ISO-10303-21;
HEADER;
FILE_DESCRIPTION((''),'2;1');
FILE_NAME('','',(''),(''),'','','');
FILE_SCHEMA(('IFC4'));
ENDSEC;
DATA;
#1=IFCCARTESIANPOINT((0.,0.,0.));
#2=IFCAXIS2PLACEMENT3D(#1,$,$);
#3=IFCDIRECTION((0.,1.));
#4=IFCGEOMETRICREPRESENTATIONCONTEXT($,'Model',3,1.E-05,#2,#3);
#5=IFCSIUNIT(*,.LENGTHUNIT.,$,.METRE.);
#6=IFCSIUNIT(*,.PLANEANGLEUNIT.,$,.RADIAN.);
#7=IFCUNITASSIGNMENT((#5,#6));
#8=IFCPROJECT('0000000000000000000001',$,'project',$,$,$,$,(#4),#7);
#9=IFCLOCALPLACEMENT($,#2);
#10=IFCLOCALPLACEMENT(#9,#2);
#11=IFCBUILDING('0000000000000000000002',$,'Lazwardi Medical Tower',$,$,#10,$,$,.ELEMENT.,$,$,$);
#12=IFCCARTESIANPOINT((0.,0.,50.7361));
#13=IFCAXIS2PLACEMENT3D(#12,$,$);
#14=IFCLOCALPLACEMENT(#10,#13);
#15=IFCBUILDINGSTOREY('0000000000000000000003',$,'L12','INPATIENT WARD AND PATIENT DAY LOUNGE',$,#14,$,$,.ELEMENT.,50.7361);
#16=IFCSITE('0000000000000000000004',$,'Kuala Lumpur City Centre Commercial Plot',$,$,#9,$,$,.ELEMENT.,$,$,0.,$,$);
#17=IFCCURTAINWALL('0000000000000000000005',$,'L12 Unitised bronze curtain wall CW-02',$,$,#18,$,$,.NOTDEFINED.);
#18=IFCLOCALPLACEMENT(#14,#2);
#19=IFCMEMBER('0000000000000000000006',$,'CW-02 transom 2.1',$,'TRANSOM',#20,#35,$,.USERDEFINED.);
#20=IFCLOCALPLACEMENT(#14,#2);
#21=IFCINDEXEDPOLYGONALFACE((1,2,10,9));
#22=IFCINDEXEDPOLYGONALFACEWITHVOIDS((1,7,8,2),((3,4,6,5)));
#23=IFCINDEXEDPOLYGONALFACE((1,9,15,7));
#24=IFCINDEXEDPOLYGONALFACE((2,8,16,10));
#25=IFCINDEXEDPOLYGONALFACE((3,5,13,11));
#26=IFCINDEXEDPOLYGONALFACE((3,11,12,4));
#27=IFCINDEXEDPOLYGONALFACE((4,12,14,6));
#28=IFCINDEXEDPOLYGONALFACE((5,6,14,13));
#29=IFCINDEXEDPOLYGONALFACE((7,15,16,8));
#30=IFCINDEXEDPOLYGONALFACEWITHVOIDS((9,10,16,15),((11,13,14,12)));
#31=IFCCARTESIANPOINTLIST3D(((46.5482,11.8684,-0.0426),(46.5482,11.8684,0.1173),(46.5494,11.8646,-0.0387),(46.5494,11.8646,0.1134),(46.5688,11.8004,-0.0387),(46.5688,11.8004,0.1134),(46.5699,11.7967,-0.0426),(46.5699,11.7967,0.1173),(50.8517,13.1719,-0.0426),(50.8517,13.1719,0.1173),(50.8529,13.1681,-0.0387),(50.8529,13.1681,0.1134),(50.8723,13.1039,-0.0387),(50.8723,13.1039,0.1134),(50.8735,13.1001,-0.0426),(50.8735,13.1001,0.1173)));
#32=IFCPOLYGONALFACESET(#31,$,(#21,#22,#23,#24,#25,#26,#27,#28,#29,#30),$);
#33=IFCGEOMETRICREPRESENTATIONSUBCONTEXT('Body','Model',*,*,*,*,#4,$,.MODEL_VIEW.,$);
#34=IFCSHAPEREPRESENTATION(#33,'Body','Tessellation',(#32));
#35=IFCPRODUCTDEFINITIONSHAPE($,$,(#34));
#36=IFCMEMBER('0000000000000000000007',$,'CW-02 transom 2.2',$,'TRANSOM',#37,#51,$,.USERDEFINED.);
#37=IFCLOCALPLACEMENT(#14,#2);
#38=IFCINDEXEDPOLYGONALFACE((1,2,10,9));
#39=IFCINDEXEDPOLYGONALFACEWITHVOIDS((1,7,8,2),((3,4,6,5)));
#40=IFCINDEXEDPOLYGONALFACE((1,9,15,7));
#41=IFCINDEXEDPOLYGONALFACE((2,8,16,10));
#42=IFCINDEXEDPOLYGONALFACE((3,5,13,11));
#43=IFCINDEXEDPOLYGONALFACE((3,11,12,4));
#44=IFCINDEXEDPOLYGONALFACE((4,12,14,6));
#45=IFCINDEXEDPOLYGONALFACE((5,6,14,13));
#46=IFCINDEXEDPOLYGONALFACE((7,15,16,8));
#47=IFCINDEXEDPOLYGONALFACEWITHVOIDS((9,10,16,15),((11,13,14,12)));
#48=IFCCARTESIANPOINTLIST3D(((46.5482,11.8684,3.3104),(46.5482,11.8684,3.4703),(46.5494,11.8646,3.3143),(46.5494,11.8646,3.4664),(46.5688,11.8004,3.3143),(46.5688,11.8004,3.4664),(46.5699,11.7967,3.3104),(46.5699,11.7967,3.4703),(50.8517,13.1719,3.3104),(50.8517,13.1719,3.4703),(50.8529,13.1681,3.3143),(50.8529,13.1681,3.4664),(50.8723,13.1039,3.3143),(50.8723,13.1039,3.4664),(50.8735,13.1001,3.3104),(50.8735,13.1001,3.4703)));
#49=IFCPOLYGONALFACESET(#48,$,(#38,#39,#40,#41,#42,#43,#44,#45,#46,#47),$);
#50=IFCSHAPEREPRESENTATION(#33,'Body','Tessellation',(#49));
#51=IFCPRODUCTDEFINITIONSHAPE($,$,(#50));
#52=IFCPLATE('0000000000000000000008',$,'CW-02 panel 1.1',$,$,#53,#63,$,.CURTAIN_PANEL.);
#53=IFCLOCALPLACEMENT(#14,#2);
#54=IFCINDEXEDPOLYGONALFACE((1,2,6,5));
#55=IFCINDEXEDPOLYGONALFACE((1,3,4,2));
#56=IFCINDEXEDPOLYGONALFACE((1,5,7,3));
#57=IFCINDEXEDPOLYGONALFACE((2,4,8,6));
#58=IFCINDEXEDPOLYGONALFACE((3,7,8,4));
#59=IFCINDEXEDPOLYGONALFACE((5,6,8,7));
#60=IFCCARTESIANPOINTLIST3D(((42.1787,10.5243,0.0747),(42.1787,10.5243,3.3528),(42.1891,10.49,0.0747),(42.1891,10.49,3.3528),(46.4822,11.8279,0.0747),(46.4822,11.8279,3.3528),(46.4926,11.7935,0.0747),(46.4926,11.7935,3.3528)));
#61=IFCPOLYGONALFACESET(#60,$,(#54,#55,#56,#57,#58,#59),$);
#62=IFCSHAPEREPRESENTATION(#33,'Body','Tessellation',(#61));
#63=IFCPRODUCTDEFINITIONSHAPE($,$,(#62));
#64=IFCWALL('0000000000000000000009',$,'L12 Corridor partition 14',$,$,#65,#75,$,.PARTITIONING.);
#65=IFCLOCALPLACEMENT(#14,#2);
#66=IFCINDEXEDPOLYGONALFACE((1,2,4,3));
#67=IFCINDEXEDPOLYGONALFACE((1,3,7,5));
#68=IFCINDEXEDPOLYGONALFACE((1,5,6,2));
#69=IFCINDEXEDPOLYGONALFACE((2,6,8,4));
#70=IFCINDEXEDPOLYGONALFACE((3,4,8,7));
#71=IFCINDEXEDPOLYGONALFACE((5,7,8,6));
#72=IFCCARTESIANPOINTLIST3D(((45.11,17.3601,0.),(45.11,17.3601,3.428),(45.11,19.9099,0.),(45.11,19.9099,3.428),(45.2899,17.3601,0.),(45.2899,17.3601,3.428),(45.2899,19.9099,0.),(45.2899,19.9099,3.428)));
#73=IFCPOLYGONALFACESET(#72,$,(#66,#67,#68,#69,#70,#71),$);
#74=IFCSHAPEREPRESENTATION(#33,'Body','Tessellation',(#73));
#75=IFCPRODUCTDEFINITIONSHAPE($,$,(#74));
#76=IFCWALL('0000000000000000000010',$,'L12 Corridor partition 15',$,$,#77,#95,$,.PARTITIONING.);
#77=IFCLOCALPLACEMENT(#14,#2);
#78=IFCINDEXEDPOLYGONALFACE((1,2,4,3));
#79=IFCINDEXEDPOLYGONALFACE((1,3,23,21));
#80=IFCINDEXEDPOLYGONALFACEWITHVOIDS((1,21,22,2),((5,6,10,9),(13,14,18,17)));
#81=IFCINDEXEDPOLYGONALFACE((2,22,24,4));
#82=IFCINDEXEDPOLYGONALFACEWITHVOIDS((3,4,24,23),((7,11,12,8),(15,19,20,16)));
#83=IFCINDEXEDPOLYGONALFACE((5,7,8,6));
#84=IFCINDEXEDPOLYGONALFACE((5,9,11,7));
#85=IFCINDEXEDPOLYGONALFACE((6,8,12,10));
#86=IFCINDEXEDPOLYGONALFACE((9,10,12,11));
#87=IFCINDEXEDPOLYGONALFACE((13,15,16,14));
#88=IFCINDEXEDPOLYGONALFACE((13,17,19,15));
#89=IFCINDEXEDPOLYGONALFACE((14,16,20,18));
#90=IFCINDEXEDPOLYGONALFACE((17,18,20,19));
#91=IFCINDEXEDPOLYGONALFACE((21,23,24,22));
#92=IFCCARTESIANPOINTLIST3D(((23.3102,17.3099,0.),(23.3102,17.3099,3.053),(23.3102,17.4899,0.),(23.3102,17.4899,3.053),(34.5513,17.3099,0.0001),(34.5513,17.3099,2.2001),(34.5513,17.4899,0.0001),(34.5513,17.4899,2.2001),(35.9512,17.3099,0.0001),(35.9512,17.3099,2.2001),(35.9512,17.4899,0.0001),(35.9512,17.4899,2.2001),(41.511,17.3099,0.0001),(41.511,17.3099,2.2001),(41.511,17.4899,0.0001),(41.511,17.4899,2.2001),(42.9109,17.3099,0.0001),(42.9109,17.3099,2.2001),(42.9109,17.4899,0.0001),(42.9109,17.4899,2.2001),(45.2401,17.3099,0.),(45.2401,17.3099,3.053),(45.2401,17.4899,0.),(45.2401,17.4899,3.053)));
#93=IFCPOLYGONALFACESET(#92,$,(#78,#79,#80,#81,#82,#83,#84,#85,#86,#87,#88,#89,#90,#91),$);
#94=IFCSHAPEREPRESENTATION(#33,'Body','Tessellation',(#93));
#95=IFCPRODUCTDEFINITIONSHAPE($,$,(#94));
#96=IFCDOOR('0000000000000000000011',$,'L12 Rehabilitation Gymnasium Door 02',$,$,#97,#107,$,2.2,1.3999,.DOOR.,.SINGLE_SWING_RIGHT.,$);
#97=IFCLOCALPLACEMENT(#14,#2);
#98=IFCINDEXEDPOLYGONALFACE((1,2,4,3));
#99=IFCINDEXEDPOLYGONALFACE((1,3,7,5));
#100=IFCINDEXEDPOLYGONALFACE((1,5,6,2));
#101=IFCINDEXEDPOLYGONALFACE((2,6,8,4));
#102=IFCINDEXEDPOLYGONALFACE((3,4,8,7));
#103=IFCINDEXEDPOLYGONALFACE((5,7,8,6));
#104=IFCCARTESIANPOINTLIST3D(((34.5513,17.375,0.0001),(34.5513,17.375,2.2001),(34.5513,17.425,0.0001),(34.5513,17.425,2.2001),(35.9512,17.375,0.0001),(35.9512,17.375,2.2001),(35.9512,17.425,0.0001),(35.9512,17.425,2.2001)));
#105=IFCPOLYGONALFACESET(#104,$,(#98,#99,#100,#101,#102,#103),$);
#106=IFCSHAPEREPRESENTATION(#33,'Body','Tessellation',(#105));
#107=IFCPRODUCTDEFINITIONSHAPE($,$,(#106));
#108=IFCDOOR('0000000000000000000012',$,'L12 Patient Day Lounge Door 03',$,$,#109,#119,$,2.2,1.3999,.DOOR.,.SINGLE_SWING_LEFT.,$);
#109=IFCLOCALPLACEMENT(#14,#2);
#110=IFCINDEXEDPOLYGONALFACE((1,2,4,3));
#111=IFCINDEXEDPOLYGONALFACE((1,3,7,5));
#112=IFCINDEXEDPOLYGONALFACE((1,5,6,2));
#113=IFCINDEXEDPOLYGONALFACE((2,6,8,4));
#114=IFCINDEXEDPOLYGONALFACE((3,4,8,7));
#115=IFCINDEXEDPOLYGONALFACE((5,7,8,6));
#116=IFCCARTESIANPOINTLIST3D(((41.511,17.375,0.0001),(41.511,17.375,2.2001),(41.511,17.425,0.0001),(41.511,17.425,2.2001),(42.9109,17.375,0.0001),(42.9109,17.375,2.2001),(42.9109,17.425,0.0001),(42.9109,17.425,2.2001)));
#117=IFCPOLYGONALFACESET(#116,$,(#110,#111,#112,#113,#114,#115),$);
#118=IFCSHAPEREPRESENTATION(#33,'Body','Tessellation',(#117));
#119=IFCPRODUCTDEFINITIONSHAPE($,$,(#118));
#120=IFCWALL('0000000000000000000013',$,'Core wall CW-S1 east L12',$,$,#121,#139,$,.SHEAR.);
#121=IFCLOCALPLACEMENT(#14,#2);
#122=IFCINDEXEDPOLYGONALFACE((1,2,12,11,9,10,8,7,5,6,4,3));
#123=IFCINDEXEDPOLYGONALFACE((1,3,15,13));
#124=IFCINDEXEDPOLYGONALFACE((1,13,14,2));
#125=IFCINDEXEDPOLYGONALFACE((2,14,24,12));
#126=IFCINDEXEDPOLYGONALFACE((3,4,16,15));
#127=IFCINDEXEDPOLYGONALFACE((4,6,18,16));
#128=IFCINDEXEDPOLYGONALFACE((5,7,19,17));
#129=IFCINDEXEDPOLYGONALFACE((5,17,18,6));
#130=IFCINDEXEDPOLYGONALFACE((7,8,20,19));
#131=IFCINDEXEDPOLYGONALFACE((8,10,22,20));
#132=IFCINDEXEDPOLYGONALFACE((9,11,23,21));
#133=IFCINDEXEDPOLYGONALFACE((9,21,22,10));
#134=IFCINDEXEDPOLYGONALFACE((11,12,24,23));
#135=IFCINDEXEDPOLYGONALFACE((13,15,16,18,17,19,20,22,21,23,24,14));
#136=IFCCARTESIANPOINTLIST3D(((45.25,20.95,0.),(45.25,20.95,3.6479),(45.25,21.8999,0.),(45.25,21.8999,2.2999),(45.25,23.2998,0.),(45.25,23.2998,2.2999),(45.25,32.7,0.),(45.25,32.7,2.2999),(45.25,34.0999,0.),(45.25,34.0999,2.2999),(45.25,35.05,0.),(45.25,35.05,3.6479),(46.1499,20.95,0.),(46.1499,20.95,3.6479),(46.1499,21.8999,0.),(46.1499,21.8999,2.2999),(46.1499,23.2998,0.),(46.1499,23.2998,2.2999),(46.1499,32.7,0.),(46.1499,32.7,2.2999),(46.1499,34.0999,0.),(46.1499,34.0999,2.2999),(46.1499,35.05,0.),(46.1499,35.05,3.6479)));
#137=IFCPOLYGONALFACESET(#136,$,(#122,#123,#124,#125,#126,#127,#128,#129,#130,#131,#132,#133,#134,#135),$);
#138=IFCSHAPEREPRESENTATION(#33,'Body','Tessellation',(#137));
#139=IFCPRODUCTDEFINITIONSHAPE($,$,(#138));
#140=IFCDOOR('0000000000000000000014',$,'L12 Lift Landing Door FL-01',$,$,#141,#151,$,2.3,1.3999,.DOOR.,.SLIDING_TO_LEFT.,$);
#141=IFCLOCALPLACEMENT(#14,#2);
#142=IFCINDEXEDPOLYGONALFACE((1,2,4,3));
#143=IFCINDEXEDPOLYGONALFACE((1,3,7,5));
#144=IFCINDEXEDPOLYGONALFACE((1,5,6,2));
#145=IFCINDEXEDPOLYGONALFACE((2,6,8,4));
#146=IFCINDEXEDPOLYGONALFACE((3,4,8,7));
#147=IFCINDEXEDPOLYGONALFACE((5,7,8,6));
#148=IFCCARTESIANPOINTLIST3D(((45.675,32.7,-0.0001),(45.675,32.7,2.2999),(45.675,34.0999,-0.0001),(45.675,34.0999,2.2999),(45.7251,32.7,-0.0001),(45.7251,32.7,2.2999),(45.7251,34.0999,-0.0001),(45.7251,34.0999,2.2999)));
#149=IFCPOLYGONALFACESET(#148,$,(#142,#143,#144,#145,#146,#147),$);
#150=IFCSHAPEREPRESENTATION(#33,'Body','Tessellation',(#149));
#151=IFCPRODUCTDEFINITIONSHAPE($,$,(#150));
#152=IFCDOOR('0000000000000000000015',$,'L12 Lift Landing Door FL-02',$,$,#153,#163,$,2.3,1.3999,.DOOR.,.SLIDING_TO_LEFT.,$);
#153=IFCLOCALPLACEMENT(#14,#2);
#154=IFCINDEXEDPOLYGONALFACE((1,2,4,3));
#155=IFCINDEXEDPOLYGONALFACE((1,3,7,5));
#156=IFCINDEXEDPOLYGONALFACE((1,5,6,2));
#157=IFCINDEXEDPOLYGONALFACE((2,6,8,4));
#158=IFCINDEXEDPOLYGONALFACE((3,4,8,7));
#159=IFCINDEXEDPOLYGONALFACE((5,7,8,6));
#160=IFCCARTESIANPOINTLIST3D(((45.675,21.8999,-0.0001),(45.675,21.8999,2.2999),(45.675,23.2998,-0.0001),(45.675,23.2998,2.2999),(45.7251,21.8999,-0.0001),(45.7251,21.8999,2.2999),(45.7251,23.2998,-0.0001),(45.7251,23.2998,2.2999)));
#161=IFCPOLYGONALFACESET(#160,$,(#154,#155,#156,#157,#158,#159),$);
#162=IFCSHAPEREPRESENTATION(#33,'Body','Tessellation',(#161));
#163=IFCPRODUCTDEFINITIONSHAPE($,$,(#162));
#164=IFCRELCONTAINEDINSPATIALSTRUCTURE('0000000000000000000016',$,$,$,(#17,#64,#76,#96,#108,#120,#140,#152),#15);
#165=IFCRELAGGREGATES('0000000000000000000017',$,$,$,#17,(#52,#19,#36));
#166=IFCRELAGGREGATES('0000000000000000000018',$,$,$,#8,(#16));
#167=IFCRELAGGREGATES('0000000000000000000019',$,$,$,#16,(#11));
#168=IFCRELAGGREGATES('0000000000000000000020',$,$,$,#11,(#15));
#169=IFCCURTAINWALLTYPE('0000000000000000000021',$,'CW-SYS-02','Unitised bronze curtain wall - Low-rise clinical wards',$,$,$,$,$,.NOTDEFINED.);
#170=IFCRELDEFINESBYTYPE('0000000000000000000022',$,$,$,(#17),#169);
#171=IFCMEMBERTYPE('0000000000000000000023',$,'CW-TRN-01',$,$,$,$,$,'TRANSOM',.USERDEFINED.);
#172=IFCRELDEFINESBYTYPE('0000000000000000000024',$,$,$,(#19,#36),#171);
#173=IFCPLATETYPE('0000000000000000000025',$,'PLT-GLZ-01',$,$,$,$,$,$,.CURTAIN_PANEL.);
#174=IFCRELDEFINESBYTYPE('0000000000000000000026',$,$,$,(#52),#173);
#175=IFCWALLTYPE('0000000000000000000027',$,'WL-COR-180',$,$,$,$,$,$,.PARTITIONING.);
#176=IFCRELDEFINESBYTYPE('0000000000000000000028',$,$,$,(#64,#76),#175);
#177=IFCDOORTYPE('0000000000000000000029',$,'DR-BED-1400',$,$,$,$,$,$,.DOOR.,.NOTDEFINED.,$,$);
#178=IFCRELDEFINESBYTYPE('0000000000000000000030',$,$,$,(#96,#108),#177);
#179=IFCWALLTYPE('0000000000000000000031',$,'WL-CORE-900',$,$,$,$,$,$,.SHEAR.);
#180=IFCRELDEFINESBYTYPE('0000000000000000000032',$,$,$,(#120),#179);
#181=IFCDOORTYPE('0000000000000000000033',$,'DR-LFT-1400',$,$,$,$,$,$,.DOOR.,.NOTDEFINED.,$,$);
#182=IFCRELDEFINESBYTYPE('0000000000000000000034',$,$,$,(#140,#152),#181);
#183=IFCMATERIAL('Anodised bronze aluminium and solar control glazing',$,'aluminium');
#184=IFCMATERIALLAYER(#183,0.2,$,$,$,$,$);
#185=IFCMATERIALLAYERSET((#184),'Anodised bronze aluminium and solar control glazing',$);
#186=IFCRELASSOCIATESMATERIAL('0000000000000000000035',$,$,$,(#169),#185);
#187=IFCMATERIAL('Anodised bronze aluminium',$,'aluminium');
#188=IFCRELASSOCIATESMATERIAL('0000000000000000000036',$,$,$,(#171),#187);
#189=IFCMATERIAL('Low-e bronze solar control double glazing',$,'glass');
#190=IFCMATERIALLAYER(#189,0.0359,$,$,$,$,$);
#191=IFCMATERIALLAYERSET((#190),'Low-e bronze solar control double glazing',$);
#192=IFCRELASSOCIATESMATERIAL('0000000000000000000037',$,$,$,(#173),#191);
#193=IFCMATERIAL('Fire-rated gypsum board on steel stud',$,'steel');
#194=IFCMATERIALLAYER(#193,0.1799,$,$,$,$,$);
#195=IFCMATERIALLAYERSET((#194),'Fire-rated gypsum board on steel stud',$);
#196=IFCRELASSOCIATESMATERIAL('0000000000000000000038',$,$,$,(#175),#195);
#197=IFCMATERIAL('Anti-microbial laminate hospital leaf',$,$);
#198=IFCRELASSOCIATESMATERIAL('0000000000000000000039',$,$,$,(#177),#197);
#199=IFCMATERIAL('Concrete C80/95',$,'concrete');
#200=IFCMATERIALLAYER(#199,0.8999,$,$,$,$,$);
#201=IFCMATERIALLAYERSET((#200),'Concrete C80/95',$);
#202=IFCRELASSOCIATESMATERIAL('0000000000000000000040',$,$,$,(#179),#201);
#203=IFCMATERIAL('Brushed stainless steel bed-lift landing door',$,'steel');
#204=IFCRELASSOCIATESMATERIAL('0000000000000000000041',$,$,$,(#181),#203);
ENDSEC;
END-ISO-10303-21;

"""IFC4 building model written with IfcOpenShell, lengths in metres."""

from ifc_helpers import new_model, si_unit, direction, frame, frame_2d, origin, origin_2d, place, context, subcontext, project, spatial, rectangle, hollow_rectangle, extrude, material, layer, layer_set, material_profile, profile_set, type_object, element, fill, aggregate, save


model = new_model("IFC4")

# Units and contexts
model_context = context("Model", 3, precision=1e-05, world=origin(), true_north=direction((0.0, 1.0)))
body_context = subcontext(model_context, "Body", "Model", "MODEL_VIEW")
ifc_project = project(units=[si_unit("LENGTHUNIT", "METRE"), si_unit("PLANEANGLEUNIT", "RADIAN")], contexts=[model_context])

# Site, building, storey
site_placement = place(None, origin())
site = spatial("IfcSite", under=ifc_project, at=site_placement, Name="Kuala Lumpur City Centre Commercial Plot", CompositionType="ELEMENT", RefElevation=0.0)
building_placement = place(site_placement, origin())
building = spatial("IfcBuilding", under=site, at=building_placement, Name="Lazwardi Medical Tower", CompositionType="ELEMENT")
storey_placement = place(building_placement, frame((0.0, 0.0, 50.7361)))
storey = spatial("IfcBuildingStorey", under=building, at=storey_placement, Name="L12", Description="INPATIENT WARD AND PATIENT DAY LOUNGE", CompositionType="ELEMENT", Elevation=50.7361)

# Shared definitions
ifc_material_1 = material(Name="Concrete C80/95", Category="concrete")

# Curtain wall, members, plate
ifc_material_2 = material(Name="Anodised bronze aluminium and solar control glazing", Category="aluminium")
ifc_layer_1 = layer(ifc_material_2, 0.2)
ifc_layer_set_1 = layer_set([ifc_layer_1], Name="Anodised bronze aluminium and solar control glazing")
curtain_wall_type = type_object("IfcCurtainWallType", Name="CW-SYS-02", Description="Unitised bronze curtain wall - Low-rise clinical wards", PredefinedType="NOTDEFINED", material=ifc_layer_set_1)
curtain_wall_placement = place(storey_placement, origin())
curtain_wall = element("IfcCurtainWall", 1, at=curtain_wall_placement, inside=storey, type_object=curtain_wall_type, Name="L12 Unitised bronze curtain wall CW-02", PredefinedType="NOTDEFINED")
ifc_material_3 = material(Name="Anodised bronze aluminium", Category="aluminium")
ifc_material_profile_1 = material_profile(ifc_material_3, hollow_rectangle(XDim=0.075, YDim=0.1599, WallThickness=0.0039, at=origin_2d()), Name="ALU-TRANSOM 160x75x4")
ifc_profile_set_1 = profile_set([ifc_material_profile_1], Name="Anodised bronze aluminium")
member_type_1 = type_object("IfcMemberType", Name="CW-TRN-01", ElementType="TRANSOM", PredefinedType="USERDEFINED", material=ifc_profile_set_1)
member_1_placement = place(storey_placement, frame((46.5591, 11.8325, 0.0374), z_axis=(0.957062, 0.289882, 0.0), x_axis=(-0.289882, 0.957062, 0.0)))
member_1 = element("IfcMember", 2, at=member_1_placement, type_object=member_type_1, Name="CW-02 transom 2.1", ObjectType="TRANSOM", PredefinedType="USERDEFINED", context=body_context, shape_type="SweptSolid", body=[
    extrude(hollow_rectangle(XDim=0.075, YDim=0.1599, WallThickness=0.0039, at=origin_2d()), origin(), (0.0, 0.0, 1.0), 4.4966),
])
member_2_placement = place(storey_placement, frame((46.5591, 11.8325, 3.3904), z_axis=(0.957062, 0.289882, 0.0), x_axis=(-0.289882, 0.957062, 0.0)))
member_2 = element("IfcMember", 3, at=member_2_placement, type_object=member_type_1, Name="CW-02 transom 2.2", ObjectType="TRANSOM", PredefinedType="USERDEFINED", context=body_context, shape_type="SweptSolid", body=[
    extrude(hollow_rectangle(XDim=0.075, YDim=0.1599, WallThickness=0.0039, at=origin_2d()), origin(), (0.0, 0.0, 1.0), 4.4966),
])
ifc_material_4 = material(Name="Low-e bronze solar control double glazing", Category="glass")
ifc_layer_2 = layer(ifc_material_4, 0.0359)
ifc_layer_set_2 = layer_set([ifc_layer_2], Name="Low-e bronze solar control double glazing")
plate_type = type_object("IfcPlateType", Name="PLT-GLZ-01", PredefinedType="CURTAIN_PANEL", material=ifc_layer_set_2)
plate_placement = place(storey_placement, frame((44.3357, 11.1589, 0.0747), z_axis=(0.0, 0.0, 1.0), x_axis=(0.957058, 0.289896, 0.0)))
plate = element("IfcPlate", 4, at=plate_placement, type_object=plate_type, Name="CW-02 panel 1.1", PredefinedType="CURTAIN_PANEL", context=body_context, shape_type="SweptSolid", body=[
    extrude(rectangle(XDim=4.4966, YDim=0.0359, at=origin_2d()), origin(), (0.0, 0.0, 1.0), 3.2781),
])
aggregate(curtain_wall, [plate, member_1, member_2])

# Wall
ifc_material_5 = material(Name="Fire-rated gypsum board on steel stud", Category="steel")
ifc_layer_3 = layer(ifc_material_5, 0.1799)
ifc_layer_set_3 = layer_set([ifc_layer_3], Name="Fire-rated gypsum board on steel stud")
wall_type_1 = type_object("IfcWallType", Name="WL-COR-180", PredefinedType="PARTITIONING", material=ifc_layer_set_3)
wall_1_placement = place(storey_placement, frame((45.2, 19.9099, 0.0), z_axis=(0.0, 0.0, 1.0), x_axis=(0.0, -1.0, 0.0)))
element("IfcWall", 5, at=wall_1_placement, inside=storey, type_object=wall_type_1, Name="L12 Corridor partition 14", PredefinedType="PARTITIONING", context=body_context, shape_type="SweptSolid", body=[
    extrude(rectangle(XDim=2.5498, YDim=0.1799, at=frame_2d((1.2749, 0.0))), origin(), (0.0, 0.0, 1.0), 3.428),
])

# Walls, openings, doors
wall_2_placement = place(storey_placement, frame((45.24, 17.3999, 0.0), z_axis=(0.0, 0.0, 1.0), x_axis=(-1.0, 0.0, 0.0)))
wall_2 = element("IfcWall", 6, at=wall_2_placement, inside=storey, type_object=wall_type_1, Name="L12 Corridor partition 15", PredefinedType="PARTITIONING", context=body_context, shape_type="SweptSolid", body=[
    extrude(rectangle(XDim=21.9299, YDim=0.1799, at=frame_2d((10.9648, 0.0))), origin(), (0.0, 0.0, 1.0), 3.053),
])
opening_1_placement = place(wall_2_placement, frame((9.2888, 0.0, 0.0)))
opening_1 = element("IfcOpeningElement", 7, at=opening_1_placement, cuts=wall_2, PredefinedType="OPENING", context=body_context, shape_type="SweptSolid", body=[
    extrude(rectangle(XDim=1.3999, YDim=2.2, at=frame_2d((0.7, 1.1001))), frame((0.0, 0.0999, 0.0), z_axis=(0.0, -1.0, 0.0), x_axis=(1.0, 0.0, 0.0)), (0.0, 0.0, 1.0), 0.2),
])
opening_2_placement = place(wall_2_placement, frame((2.3291, 0.0, 0.0)))
opening_2 = element("IfcOpeningElement", 8, at=opening_2_placement, cuts=wall_2, PredefinedType="OPENING", context=body_context, shape_type="SweptSolid", body=[
    extrude(rectangle(XDim=1.3999, YDim=2.2, at=frame_2d((0.7, 1.1001))), frame((0.0, 0.0999, 0.0), z_axis=(0.0, -1.0, 0.0), x_axis=(1.0, 0.0, 0.0)), (0.0, 0.0, 1.0), 0.2),
])
ifc_material_6 = material(Name="Anti-microbial laminate hospital leaf")
door_type_1 = type_object("IfcDoorType", Name="DR-BED-1400", OperationType="NOTDEFINED", PredefinedType="DOOR", material=ifc_material_6)
door_1_placement = place(opening_1_placement, origin())
door_1 = element("IfcDoor", 9, at=door_1_placement, inside=storey, type_object=door_type_1, Name="L12 Rehabilitation Gymnasium Door 02", OperationType="SINGLE_SWING_RIGHT", OverallHeight=2.2, OverallWidth=1.3999, PredefinedType="DOOR", context=body_context, shape_type="SweptSolid", body=[
    extrude(rectangle(XDim=1.3999, YDim=2.2, at=frame_2d((0.7, 1.1001))), frame((0.0, 0.0249, 0.0), z_axis=(0.0, -1.0, 0.0), x_axis=(1.0, 0.0, 0.0)), (0.0, 0.0, 1.0), 0.05),
])
fill(opening_1, door_1)
door_2_placement = place(opening_2_placement, origin())
door_2 = element("IfcDoor", 10, at=door_2_placement, inside=storey, type_object=door_type_1, Name="L12 Patient Day Lounge Door 03", OperationType="SINGLE_SWING_LEFT", OverallHeight=2.2, OverallWidth=1.3999, PredefinedType="DOOR", context=body_context, shape_type="SweptSolid", body=[
    extrude(rectangle(XDim=1.3999, YDim=2.2, at=frame_2d((0.7, 1.1001))), frame((0.0, 0.0249, 0.0), z_axis=(0.0, -1.0, 0.0), x_axis=(1.0, 0.0, 0.0)), (0.0, 0.0, 1.0), 0.05),
])
fill(opening_2, door_2)
ifc_layer_4 = layer(ifc_material_1, 0.8999)
ifc_layer_set_4 = layer_set([ifc_layer_4], Name="Concrete C80/95")
wall_type_2 = type_object("IfcWallType", Name="WL-CORE-900", PredefinedType="SHEAR", material=ifc_layer_set_4)
wall_3_placement = place(storey_placement, frame((45.7, 20.95, 0.0), z_axis=(0.0, 0.0, 1.0), x_axis=(0.0, 1.0, 0.0)))
wall_3 = element("IfcWall", 11, at=wall_3_placement, inside=storey, type_object=wall_type_2, Name="Core wall CW-S1 east L12", PredefinedType="SHEAR", context=body_context, shape_type="SweptSolid", body=[
    extrude(rectangle(XDim=14.1001, YDim=0.8999, at=frame_2d((7.05, 0.0))), origin(), (0.0, 0.0, 1.0), 3.6479),
])
opening_3_placement = place(wall_3_placement, frame((11.75, 0.0, 0.0)))
opening_3 = element("IfcOpeningElement", 12, at=opening_3_placement, cuts=wall_3, PredefinedType="OPENING", context=body_context, shape_type="SweptSolid", body=[
    extrude(rectangle(XDim=1.3999, YDim=2.3, at=frame_2d((0.7, 1.1499))), frame((0.0, 0.46, 0.0), z_axis=(0.0, -1.0, 0.0), x_axis=(1.0, 0.0, 0.0)), (0.0, 0.0, 1.0), 0.9199),
])
opening_4_placement = place(wall_3_placement, frame((0.95, 0.0, 0.0)))
opening_4 = element("IfcOpeningElement", 13, at=opening_4_placement, cuts=wall_3, PredefinedType="OPENING", context=body_context, shape_type="SweptSolid", body=[
    extrude(rectangle(XDim=1.3999, YDim=2.3, at=frame_2d((0.7, 1.1499))), frame((0.0, 0.46, 0.0), z_axis=(0.0, -1.0, 0.0), x_axis=(1.0, 0.0, 0.0)), (0.0, 0.0, 1.0), 0.9199),
])
ifc_material_7 = material(Name="Brushed stainless steel bed-lift landing door", Category="steel")
door_type_2 = type_object("IfcDoorType", Name="DR-LFT-1400", OperationType="NOTDEFINED", PredefinedType="DOOR", material=ifc_material_7)
door_3_placement = place(opening_3_placement, origin())
door_3 = element("IfcDoor", 14, at=door_3_placement, inside=storey, type_object=door_type_2, Name="L12 Lift Landing Door FL-01", OperationType="SLIDING_TO_LEFT", OverallHeight=2.3, OverallWidth=1.3999, PredefinedType="DOOR", context=body_context, shape_type="SweptSolid", body=[
    extrude(rectangle(XDim=1.3999, YDim=2.3, at=frame_2d((0.7, 1.1499))), frame((0.0, 0.0249, 0.0), z_axis=(0.0, -1.0, 0.0), x_axis=(1.0, 0.0, 0.0)), (0.0, 0.0, 1.0), 0.05),
])
fill(opening_3, door_3)
door_4_placement = place(opening_4_placement, origin())
door_4 = element("IfcDoor", 15, at=door_4_placement, inside=storey, type_object=door_type_2, Name="L12 Lift Landing Door FL-02", OperationType="SLIDING_TO_LEFT", OverallHeight=2.3, OverallWidth=1.3999, PredefinedType="DOOR", context=body_context, shape_type="SweptSolid", body=[
    extrude(rectangle(XDim=1.3999, YDim=2.3, at=frame_2d((0.7, 1.1499))), frame((0.0, 0.0249, 0.0), z_axis=(0.0, -1.0, 0.0), x_axis=(1.0, 0.0, 0.0)), (0.0, 0.0, 1.0), 0.05),
])
fill(opening_4, door_4)

save(model, "model.ifc")
